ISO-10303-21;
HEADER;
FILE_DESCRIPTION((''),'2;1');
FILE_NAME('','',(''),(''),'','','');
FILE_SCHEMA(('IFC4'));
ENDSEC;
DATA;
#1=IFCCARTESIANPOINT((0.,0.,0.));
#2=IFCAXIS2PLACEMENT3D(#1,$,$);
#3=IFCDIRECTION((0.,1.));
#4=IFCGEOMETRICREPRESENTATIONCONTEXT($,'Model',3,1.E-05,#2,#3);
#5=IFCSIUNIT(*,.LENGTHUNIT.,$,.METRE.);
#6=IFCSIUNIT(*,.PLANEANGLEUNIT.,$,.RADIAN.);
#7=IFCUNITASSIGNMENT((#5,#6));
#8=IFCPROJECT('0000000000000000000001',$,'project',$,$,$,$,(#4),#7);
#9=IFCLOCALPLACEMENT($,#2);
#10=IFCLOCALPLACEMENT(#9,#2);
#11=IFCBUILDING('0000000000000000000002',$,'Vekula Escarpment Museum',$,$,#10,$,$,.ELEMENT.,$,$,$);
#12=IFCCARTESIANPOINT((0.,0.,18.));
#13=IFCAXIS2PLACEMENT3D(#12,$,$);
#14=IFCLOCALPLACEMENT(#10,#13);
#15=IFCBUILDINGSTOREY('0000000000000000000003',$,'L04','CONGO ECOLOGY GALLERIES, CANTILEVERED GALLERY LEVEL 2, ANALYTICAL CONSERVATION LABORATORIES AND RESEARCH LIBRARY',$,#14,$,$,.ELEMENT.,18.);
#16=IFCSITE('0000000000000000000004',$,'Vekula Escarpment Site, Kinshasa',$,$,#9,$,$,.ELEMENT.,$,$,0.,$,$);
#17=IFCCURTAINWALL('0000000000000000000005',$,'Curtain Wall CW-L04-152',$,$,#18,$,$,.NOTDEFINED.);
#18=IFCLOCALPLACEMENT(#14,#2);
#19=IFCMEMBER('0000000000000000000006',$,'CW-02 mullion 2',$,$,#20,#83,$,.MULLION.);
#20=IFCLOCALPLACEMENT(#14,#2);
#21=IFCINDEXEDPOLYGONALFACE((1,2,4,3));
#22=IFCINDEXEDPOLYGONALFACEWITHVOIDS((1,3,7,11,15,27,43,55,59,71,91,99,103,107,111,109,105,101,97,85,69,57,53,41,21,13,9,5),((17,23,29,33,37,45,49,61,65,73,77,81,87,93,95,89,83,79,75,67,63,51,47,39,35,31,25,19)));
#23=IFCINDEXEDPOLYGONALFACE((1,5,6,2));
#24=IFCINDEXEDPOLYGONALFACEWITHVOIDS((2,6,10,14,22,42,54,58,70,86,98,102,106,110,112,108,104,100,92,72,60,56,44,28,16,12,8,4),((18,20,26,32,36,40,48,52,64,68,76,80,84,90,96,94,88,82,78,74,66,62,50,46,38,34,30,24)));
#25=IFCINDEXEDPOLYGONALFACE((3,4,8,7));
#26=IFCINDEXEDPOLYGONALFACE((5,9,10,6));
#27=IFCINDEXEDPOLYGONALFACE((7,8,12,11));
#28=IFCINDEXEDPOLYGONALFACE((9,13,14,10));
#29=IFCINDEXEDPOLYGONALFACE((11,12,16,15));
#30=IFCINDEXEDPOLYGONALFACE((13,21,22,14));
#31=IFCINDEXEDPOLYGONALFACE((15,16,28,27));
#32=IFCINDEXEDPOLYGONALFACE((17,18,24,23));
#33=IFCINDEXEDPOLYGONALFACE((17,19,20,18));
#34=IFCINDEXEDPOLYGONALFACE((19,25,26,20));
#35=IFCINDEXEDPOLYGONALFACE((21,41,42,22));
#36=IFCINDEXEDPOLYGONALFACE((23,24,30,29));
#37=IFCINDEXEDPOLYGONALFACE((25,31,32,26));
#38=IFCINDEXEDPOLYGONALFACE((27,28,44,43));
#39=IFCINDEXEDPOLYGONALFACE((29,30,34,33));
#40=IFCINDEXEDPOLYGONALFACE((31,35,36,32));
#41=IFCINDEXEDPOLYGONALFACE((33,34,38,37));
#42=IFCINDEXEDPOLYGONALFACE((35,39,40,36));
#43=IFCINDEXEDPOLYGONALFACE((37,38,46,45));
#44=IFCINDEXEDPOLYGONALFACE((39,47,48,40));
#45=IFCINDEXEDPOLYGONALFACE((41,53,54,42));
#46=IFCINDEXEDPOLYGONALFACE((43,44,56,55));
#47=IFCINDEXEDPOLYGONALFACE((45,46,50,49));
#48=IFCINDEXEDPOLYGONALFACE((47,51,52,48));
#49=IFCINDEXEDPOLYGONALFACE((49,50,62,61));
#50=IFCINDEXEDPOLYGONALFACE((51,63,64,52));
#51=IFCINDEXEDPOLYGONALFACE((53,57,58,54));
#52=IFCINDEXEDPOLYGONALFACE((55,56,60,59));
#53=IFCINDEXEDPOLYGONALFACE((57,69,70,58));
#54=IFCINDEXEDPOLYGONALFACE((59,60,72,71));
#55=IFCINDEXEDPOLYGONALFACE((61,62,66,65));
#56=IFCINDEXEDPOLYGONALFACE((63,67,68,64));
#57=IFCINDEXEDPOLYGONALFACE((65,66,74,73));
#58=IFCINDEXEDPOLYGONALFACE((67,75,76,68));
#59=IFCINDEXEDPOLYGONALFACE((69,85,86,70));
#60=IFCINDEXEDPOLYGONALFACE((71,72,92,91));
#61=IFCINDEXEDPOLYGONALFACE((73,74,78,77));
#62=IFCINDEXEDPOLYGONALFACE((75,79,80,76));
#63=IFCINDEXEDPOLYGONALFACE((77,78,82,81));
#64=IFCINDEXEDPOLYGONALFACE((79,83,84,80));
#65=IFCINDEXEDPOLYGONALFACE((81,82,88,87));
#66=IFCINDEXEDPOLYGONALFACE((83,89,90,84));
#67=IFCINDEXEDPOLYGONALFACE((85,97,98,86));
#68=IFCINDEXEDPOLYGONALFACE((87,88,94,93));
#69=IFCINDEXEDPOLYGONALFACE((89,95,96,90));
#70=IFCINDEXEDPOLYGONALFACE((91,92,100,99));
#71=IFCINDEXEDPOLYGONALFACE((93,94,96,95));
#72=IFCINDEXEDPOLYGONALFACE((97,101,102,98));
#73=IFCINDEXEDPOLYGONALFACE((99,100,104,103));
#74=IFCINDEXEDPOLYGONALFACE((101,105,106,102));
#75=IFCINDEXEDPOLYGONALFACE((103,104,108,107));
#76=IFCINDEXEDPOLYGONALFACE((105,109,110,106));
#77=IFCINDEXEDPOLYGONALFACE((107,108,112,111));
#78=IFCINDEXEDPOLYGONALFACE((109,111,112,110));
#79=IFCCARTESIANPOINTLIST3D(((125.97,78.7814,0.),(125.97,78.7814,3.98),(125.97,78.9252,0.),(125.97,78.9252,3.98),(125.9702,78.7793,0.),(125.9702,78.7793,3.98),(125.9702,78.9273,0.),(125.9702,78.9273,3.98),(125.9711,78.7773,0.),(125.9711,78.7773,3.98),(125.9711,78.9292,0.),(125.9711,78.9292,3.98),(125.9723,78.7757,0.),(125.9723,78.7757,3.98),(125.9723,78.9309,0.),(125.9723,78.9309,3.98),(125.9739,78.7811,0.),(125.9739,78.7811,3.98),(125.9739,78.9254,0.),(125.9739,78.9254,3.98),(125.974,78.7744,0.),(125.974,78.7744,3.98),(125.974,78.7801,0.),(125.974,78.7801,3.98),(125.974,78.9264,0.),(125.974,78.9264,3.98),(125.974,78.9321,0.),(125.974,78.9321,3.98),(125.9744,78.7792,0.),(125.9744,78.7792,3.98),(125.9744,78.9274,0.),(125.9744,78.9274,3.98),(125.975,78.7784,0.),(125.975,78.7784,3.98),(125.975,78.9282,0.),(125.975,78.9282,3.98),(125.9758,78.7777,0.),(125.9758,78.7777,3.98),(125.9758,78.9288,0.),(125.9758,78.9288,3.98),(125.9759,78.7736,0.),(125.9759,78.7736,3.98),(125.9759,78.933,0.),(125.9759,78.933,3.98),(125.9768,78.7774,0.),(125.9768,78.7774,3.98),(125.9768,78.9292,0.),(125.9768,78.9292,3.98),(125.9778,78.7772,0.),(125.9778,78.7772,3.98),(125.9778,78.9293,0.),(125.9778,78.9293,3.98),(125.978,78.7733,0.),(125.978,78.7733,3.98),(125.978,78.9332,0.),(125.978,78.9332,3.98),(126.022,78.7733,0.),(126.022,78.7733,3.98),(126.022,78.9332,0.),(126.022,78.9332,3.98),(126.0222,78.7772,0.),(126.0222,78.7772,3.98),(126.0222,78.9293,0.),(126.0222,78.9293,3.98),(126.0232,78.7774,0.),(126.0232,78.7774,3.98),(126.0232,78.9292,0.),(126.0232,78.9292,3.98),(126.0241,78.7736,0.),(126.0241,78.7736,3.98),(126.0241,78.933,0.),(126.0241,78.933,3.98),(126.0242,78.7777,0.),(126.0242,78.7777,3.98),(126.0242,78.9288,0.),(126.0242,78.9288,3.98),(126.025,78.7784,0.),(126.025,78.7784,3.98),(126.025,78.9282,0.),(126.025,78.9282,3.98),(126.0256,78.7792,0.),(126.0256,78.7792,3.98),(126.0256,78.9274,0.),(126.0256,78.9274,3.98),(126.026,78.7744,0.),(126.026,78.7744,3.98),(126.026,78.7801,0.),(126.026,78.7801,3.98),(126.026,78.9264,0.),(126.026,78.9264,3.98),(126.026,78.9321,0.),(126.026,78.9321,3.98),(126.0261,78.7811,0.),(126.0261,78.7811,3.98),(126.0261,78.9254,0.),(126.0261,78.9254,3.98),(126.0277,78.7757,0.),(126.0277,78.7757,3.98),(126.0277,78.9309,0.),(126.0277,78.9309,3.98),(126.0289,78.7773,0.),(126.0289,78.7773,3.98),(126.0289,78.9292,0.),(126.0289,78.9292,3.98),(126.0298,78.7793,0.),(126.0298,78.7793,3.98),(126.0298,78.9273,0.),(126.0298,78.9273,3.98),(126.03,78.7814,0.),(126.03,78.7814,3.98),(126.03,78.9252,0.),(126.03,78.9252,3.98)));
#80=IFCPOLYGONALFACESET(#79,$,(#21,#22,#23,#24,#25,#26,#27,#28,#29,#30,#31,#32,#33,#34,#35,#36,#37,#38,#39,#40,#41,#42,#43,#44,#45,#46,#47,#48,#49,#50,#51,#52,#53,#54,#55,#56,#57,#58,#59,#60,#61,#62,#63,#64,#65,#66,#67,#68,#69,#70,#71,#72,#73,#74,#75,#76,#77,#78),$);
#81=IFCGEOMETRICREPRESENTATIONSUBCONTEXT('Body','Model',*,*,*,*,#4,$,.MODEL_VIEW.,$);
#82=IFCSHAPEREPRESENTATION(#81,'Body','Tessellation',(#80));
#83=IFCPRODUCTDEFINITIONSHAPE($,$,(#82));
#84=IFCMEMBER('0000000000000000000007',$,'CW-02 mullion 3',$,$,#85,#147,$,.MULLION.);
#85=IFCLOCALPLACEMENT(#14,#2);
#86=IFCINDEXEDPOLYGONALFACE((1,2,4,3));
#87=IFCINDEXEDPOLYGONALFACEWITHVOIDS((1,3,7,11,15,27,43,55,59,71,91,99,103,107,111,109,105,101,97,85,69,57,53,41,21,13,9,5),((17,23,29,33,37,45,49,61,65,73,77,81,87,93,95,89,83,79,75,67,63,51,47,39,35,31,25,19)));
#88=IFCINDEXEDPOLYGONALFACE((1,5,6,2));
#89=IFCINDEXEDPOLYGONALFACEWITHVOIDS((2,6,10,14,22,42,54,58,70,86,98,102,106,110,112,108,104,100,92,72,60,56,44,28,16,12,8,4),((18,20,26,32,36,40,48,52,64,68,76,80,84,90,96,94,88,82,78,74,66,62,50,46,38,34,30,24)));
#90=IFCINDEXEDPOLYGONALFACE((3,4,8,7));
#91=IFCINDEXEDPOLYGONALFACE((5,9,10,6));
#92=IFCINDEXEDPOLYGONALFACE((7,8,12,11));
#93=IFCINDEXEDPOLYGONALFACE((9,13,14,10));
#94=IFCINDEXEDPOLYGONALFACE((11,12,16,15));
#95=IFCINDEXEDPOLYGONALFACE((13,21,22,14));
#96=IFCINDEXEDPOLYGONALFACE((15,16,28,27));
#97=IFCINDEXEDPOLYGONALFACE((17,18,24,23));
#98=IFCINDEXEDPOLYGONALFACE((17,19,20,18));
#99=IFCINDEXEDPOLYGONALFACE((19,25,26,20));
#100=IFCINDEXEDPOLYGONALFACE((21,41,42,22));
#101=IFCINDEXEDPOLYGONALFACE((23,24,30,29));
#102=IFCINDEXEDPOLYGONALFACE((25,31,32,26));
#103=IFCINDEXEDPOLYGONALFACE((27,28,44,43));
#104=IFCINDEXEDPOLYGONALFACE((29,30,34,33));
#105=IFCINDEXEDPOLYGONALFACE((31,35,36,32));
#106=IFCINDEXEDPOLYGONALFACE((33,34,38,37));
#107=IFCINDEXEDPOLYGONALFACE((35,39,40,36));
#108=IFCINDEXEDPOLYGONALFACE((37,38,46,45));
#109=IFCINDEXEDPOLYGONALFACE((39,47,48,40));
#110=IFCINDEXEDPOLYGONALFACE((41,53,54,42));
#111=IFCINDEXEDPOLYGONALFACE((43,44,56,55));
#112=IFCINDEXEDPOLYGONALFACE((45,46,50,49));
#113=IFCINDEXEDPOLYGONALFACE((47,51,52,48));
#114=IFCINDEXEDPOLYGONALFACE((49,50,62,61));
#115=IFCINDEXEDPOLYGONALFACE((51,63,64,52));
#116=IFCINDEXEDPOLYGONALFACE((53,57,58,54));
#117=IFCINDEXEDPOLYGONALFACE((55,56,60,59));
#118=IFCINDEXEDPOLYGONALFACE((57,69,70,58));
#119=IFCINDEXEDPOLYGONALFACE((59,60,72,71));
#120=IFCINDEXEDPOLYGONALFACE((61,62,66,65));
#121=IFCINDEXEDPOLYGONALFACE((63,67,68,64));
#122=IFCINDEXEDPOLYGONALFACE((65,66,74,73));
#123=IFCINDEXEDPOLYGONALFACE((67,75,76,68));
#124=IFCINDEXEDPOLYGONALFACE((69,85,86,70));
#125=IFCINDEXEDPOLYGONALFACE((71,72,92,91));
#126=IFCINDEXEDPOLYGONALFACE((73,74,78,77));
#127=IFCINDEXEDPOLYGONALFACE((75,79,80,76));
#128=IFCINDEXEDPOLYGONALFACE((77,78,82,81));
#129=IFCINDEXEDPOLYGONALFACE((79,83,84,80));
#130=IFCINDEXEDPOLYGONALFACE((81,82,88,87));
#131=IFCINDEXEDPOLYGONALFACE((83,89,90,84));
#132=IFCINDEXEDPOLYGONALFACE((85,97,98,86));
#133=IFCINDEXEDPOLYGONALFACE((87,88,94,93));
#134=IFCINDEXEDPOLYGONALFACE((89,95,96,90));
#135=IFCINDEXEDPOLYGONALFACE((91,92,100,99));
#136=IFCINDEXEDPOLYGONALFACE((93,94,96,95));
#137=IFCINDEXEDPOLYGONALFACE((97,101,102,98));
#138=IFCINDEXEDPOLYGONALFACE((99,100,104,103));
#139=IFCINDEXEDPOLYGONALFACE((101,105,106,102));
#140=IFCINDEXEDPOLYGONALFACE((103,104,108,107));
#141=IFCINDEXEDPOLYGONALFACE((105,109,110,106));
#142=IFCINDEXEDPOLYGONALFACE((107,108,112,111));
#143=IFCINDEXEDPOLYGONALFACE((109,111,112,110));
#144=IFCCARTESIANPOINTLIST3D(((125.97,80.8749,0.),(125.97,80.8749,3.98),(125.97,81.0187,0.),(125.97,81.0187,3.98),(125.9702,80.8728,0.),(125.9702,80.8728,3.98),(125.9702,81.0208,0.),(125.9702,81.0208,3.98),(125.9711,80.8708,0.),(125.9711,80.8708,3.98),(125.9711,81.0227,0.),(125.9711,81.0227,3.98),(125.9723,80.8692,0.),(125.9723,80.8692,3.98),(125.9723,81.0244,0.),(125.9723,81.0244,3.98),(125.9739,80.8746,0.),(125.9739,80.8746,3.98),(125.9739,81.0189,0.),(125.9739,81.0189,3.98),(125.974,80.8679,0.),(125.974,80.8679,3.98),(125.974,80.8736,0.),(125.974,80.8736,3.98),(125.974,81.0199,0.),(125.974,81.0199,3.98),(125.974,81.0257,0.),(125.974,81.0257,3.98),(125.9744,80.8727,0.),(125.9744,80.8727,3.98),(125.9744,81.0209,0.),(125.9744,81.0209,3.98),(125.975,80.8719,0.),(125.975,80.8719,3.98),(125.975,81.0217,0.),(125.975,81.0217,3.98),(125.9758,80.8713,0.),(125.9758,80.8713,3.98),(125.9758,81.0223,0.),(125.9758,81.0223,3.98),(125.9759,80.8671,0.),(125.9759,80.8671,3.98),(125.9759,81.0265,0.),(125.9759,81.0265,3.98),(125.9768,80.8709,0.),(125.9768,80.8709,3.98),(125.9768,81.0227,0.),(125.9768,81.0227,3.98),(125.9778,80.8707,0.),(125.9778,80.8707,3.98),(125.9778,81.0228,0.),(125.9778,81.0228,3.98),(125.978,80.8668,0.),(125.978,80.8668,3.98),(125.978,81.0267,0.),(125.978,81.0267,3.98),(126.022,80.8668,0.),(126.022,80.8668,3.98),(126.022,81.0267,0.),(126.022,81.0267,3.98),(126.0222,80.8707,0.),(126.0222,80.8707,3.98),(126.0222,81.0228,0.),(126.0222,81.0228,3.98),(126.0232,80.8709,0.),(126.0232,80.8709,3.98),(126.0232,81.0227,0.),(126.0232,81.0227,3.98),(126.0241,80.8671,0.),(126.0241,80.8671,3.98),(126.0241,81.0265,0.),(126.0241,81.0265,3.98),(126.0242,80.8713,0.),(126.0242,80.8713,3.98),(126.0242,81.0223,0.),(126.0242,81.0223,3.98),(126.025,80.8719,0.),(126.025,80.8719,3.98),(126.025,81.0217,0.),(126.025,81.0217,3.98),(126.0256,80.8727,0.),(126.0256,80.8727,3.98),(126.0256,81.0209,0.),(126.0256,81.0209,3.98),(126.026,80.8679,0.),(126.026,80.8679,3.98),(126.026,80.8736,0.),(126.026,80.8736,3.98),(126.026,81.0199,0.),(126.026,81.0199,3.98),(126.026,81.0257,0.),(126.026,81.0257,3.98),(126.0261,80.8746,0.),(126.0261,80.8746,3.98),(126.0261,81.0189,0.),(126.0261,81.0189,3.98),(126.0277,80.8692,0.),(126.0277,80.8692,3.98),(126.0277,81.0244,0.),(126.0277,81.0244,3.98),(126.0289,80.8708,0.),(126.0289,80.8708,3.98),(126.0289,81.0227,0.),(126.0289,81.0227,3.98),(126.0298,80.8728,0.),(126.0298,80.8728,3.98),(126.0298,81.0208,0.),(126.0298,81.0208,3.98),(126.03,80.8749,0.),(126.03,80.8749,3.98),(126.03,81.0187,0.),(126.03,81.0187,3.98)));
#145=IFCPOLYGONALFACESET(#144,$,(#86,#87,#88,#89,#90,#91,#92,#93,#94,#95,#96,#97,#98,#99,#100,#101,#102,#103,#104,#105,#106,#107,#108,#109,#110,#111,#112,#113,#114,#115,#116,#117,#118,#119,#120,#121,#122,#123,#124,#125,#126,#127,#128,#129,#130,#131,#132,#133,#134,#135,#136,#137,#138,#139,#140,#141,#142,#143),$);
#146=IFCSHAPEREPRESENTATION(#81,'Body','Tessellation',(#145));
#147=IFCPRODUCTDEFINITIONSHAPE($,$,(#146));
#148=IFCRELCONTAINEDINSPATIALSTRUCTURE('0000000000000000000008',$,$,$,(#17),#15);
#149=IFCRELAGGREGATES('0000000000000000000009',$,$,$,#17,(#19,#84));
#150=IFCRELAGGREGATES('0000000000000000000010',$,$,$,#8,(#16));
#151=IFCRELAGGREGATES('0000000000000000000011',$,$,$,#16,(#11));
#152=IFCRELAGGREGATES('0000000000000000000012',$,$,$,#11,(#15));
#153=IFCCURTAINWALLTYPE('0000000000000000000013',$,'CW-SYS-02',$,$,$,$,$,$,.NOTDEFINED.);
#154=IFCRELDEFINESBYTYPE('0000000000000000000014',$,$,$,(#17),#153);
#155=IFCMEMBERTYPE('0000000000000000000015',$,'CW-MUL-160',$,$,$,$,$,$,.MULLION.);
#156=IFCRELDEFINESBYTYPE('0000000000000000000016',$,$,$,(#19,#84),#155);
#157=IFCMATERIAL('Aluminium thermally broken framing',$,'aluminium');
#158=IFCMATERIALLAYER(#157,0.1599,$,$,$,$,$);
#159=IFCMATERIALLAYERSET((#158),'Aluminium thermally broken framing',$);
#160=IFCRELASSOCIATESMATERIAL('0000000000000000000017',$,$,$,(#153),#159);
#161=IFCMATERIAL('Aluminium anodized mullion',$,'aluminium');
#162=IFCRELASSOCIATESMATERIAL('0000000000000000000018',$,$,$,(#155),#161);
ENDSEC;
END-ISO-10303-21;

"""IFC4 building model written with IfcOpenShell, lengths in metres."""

from ifc_helpers import new_model, si_unit, direction, frame, origin, origin_2d, place, context, subcontext, project, spatial, hollow_rectangle, extrude, material, layer, layer_set, material_profile, profile_set, type_object, element, aggregate, save


model = new_model("IFC4")

# Units and contexts
model_context = context("Model", 3, precision=1e-05, world=origin(), true_north=direction((0.0, 1.0)))
body_context = subcontext(model_context, "Body", "Model", "MODEL_VIEW")
ifc_project = project(units=[si_unit("LENGTHUNIT", "METRE"), si_unit("PLANEANGLEUNIT", "RADIAN")], contexts=[model_context])

# Site, building, storey
site_placement = place(None, origin())
site = spatial("IfcSite", under=ifc_project, at=site_placement, Name="Vekula Escarpment Site, Kinshasa", CompositionType="ELEMENT", RefElevation=0.0)
building_placement = place(site_placement, origin())
building = spatial("IfcBuilding", under=site, at=building_placement, Name="Vekula Escarpment Museum", CompositionType="ELEMENT")
storey_placement = place(building_placement, frame((0.0, 0.0, 18.0)))
storey = spatial("IfcBuildingStorey", under=building, at=storey_placement, Name="L04", Description="CONGO ECOLOGY GALLERIES, CANTILEVERED GALLERY LEVEL 2, ANALYTICAL CONSERVATION LABORATORIES AND RESEARCH LIBRARY", CompositionType="ELEMENT", Elevation=18.0)

# Curtain wall, members
ifc_material_1 = material(Name="Aluminium thermally broken framing", Category="aluminium")
ifc_layer_1 = layer(ifc_material_1, 0.1599)
ifc_layer_set_1 = layer_set([ifc_layer_1], Name="Aluminium thermally broken framing")
curtain_wall_type = type_object("IfcCurtainWallType", Name="CW-SYS-02", PredefinedType="NOTDEFINED", material=ifc_layer_set_1)
curtain_wall_placement = place(storey_placement, origin())
curtain_wall = element("IfcCurtainWall", 1, at=curtain_wall_placement, inside=storey, type_object=curtain_wall_type, Name="Curtain Wall CW-L04-152", PredefinedType="NOTDEFINED")
ifc_material_2 = material(Name="Aluminium anodized mullion", Category="aluminium")
ifc_material_profile_1 = material_profile(ifc_material_2, hollow_rectangle(XDim=0.0601, YDim=0.1599, WallThickness=0.0039, InnerFilletRadius=0.0039, OuterFilletRadius=0.0081, at=origin_2d()), Name="ALU 160x60x4")
ifc_profile_set_1 = profile_set([ifc_material_profile_1], Name="Aluminium anodized mullion")
member_type_1 = type_object("IfcMemberType", Name="CW-MUL-160", PredefinedType="MULLION", material=ifc_profile_set_1)
member_1_placement = place(storey_placement, frame((126.0, 78.8533, 0.0), z_axis=(0.0, 0.0, 1.0), x_axis=(-1.0, 0.0, 0.0)))
member_1 = element("IfcMember", 2, at=member_1_placement, type_object=member_type_1, Name="CW-02 mullion 2", PredefinedType="MULLION", context=body_context, shape_type="SweptSolid", body=[
    extrude(hollow_rectangle(XDim=0.0601, YDim=0.1599, WallThickness=0.0039, InnerFilletRadius=0.0039, OuterFilletRadius=0.0081, at=origin_2d()), origin(), (0.0, 0.0, 1.0), 3.98),
])
member_2_placement = place(storey_placement, frame((126.0, 80.9468, 0.0), z_axis=(0.0, 0.0, 1.0), x_axis=(-1.0, 0.0, 0.0)))
member_2 = element("IfcMember", 3, at=member_2_placement, type_object=member_type_1, Name="CW-02 mullion 3", PredefinedType="MULLION", context=body_context, shape_type="SweptSolid", body=[
    extrude(hollow_rectangle(XDim=0.0601, YDim=0.1599, WallThickness=0.0039, InnerFilletRadius=0.0039, OuterFilletRadius=0.0081, at=origin_2d()), origin(), (0.0, 0.0, 1.0), 3.98),
])

aggregate(curtain_wall, [member_1, member_2])

save(model, "model.ifc")
